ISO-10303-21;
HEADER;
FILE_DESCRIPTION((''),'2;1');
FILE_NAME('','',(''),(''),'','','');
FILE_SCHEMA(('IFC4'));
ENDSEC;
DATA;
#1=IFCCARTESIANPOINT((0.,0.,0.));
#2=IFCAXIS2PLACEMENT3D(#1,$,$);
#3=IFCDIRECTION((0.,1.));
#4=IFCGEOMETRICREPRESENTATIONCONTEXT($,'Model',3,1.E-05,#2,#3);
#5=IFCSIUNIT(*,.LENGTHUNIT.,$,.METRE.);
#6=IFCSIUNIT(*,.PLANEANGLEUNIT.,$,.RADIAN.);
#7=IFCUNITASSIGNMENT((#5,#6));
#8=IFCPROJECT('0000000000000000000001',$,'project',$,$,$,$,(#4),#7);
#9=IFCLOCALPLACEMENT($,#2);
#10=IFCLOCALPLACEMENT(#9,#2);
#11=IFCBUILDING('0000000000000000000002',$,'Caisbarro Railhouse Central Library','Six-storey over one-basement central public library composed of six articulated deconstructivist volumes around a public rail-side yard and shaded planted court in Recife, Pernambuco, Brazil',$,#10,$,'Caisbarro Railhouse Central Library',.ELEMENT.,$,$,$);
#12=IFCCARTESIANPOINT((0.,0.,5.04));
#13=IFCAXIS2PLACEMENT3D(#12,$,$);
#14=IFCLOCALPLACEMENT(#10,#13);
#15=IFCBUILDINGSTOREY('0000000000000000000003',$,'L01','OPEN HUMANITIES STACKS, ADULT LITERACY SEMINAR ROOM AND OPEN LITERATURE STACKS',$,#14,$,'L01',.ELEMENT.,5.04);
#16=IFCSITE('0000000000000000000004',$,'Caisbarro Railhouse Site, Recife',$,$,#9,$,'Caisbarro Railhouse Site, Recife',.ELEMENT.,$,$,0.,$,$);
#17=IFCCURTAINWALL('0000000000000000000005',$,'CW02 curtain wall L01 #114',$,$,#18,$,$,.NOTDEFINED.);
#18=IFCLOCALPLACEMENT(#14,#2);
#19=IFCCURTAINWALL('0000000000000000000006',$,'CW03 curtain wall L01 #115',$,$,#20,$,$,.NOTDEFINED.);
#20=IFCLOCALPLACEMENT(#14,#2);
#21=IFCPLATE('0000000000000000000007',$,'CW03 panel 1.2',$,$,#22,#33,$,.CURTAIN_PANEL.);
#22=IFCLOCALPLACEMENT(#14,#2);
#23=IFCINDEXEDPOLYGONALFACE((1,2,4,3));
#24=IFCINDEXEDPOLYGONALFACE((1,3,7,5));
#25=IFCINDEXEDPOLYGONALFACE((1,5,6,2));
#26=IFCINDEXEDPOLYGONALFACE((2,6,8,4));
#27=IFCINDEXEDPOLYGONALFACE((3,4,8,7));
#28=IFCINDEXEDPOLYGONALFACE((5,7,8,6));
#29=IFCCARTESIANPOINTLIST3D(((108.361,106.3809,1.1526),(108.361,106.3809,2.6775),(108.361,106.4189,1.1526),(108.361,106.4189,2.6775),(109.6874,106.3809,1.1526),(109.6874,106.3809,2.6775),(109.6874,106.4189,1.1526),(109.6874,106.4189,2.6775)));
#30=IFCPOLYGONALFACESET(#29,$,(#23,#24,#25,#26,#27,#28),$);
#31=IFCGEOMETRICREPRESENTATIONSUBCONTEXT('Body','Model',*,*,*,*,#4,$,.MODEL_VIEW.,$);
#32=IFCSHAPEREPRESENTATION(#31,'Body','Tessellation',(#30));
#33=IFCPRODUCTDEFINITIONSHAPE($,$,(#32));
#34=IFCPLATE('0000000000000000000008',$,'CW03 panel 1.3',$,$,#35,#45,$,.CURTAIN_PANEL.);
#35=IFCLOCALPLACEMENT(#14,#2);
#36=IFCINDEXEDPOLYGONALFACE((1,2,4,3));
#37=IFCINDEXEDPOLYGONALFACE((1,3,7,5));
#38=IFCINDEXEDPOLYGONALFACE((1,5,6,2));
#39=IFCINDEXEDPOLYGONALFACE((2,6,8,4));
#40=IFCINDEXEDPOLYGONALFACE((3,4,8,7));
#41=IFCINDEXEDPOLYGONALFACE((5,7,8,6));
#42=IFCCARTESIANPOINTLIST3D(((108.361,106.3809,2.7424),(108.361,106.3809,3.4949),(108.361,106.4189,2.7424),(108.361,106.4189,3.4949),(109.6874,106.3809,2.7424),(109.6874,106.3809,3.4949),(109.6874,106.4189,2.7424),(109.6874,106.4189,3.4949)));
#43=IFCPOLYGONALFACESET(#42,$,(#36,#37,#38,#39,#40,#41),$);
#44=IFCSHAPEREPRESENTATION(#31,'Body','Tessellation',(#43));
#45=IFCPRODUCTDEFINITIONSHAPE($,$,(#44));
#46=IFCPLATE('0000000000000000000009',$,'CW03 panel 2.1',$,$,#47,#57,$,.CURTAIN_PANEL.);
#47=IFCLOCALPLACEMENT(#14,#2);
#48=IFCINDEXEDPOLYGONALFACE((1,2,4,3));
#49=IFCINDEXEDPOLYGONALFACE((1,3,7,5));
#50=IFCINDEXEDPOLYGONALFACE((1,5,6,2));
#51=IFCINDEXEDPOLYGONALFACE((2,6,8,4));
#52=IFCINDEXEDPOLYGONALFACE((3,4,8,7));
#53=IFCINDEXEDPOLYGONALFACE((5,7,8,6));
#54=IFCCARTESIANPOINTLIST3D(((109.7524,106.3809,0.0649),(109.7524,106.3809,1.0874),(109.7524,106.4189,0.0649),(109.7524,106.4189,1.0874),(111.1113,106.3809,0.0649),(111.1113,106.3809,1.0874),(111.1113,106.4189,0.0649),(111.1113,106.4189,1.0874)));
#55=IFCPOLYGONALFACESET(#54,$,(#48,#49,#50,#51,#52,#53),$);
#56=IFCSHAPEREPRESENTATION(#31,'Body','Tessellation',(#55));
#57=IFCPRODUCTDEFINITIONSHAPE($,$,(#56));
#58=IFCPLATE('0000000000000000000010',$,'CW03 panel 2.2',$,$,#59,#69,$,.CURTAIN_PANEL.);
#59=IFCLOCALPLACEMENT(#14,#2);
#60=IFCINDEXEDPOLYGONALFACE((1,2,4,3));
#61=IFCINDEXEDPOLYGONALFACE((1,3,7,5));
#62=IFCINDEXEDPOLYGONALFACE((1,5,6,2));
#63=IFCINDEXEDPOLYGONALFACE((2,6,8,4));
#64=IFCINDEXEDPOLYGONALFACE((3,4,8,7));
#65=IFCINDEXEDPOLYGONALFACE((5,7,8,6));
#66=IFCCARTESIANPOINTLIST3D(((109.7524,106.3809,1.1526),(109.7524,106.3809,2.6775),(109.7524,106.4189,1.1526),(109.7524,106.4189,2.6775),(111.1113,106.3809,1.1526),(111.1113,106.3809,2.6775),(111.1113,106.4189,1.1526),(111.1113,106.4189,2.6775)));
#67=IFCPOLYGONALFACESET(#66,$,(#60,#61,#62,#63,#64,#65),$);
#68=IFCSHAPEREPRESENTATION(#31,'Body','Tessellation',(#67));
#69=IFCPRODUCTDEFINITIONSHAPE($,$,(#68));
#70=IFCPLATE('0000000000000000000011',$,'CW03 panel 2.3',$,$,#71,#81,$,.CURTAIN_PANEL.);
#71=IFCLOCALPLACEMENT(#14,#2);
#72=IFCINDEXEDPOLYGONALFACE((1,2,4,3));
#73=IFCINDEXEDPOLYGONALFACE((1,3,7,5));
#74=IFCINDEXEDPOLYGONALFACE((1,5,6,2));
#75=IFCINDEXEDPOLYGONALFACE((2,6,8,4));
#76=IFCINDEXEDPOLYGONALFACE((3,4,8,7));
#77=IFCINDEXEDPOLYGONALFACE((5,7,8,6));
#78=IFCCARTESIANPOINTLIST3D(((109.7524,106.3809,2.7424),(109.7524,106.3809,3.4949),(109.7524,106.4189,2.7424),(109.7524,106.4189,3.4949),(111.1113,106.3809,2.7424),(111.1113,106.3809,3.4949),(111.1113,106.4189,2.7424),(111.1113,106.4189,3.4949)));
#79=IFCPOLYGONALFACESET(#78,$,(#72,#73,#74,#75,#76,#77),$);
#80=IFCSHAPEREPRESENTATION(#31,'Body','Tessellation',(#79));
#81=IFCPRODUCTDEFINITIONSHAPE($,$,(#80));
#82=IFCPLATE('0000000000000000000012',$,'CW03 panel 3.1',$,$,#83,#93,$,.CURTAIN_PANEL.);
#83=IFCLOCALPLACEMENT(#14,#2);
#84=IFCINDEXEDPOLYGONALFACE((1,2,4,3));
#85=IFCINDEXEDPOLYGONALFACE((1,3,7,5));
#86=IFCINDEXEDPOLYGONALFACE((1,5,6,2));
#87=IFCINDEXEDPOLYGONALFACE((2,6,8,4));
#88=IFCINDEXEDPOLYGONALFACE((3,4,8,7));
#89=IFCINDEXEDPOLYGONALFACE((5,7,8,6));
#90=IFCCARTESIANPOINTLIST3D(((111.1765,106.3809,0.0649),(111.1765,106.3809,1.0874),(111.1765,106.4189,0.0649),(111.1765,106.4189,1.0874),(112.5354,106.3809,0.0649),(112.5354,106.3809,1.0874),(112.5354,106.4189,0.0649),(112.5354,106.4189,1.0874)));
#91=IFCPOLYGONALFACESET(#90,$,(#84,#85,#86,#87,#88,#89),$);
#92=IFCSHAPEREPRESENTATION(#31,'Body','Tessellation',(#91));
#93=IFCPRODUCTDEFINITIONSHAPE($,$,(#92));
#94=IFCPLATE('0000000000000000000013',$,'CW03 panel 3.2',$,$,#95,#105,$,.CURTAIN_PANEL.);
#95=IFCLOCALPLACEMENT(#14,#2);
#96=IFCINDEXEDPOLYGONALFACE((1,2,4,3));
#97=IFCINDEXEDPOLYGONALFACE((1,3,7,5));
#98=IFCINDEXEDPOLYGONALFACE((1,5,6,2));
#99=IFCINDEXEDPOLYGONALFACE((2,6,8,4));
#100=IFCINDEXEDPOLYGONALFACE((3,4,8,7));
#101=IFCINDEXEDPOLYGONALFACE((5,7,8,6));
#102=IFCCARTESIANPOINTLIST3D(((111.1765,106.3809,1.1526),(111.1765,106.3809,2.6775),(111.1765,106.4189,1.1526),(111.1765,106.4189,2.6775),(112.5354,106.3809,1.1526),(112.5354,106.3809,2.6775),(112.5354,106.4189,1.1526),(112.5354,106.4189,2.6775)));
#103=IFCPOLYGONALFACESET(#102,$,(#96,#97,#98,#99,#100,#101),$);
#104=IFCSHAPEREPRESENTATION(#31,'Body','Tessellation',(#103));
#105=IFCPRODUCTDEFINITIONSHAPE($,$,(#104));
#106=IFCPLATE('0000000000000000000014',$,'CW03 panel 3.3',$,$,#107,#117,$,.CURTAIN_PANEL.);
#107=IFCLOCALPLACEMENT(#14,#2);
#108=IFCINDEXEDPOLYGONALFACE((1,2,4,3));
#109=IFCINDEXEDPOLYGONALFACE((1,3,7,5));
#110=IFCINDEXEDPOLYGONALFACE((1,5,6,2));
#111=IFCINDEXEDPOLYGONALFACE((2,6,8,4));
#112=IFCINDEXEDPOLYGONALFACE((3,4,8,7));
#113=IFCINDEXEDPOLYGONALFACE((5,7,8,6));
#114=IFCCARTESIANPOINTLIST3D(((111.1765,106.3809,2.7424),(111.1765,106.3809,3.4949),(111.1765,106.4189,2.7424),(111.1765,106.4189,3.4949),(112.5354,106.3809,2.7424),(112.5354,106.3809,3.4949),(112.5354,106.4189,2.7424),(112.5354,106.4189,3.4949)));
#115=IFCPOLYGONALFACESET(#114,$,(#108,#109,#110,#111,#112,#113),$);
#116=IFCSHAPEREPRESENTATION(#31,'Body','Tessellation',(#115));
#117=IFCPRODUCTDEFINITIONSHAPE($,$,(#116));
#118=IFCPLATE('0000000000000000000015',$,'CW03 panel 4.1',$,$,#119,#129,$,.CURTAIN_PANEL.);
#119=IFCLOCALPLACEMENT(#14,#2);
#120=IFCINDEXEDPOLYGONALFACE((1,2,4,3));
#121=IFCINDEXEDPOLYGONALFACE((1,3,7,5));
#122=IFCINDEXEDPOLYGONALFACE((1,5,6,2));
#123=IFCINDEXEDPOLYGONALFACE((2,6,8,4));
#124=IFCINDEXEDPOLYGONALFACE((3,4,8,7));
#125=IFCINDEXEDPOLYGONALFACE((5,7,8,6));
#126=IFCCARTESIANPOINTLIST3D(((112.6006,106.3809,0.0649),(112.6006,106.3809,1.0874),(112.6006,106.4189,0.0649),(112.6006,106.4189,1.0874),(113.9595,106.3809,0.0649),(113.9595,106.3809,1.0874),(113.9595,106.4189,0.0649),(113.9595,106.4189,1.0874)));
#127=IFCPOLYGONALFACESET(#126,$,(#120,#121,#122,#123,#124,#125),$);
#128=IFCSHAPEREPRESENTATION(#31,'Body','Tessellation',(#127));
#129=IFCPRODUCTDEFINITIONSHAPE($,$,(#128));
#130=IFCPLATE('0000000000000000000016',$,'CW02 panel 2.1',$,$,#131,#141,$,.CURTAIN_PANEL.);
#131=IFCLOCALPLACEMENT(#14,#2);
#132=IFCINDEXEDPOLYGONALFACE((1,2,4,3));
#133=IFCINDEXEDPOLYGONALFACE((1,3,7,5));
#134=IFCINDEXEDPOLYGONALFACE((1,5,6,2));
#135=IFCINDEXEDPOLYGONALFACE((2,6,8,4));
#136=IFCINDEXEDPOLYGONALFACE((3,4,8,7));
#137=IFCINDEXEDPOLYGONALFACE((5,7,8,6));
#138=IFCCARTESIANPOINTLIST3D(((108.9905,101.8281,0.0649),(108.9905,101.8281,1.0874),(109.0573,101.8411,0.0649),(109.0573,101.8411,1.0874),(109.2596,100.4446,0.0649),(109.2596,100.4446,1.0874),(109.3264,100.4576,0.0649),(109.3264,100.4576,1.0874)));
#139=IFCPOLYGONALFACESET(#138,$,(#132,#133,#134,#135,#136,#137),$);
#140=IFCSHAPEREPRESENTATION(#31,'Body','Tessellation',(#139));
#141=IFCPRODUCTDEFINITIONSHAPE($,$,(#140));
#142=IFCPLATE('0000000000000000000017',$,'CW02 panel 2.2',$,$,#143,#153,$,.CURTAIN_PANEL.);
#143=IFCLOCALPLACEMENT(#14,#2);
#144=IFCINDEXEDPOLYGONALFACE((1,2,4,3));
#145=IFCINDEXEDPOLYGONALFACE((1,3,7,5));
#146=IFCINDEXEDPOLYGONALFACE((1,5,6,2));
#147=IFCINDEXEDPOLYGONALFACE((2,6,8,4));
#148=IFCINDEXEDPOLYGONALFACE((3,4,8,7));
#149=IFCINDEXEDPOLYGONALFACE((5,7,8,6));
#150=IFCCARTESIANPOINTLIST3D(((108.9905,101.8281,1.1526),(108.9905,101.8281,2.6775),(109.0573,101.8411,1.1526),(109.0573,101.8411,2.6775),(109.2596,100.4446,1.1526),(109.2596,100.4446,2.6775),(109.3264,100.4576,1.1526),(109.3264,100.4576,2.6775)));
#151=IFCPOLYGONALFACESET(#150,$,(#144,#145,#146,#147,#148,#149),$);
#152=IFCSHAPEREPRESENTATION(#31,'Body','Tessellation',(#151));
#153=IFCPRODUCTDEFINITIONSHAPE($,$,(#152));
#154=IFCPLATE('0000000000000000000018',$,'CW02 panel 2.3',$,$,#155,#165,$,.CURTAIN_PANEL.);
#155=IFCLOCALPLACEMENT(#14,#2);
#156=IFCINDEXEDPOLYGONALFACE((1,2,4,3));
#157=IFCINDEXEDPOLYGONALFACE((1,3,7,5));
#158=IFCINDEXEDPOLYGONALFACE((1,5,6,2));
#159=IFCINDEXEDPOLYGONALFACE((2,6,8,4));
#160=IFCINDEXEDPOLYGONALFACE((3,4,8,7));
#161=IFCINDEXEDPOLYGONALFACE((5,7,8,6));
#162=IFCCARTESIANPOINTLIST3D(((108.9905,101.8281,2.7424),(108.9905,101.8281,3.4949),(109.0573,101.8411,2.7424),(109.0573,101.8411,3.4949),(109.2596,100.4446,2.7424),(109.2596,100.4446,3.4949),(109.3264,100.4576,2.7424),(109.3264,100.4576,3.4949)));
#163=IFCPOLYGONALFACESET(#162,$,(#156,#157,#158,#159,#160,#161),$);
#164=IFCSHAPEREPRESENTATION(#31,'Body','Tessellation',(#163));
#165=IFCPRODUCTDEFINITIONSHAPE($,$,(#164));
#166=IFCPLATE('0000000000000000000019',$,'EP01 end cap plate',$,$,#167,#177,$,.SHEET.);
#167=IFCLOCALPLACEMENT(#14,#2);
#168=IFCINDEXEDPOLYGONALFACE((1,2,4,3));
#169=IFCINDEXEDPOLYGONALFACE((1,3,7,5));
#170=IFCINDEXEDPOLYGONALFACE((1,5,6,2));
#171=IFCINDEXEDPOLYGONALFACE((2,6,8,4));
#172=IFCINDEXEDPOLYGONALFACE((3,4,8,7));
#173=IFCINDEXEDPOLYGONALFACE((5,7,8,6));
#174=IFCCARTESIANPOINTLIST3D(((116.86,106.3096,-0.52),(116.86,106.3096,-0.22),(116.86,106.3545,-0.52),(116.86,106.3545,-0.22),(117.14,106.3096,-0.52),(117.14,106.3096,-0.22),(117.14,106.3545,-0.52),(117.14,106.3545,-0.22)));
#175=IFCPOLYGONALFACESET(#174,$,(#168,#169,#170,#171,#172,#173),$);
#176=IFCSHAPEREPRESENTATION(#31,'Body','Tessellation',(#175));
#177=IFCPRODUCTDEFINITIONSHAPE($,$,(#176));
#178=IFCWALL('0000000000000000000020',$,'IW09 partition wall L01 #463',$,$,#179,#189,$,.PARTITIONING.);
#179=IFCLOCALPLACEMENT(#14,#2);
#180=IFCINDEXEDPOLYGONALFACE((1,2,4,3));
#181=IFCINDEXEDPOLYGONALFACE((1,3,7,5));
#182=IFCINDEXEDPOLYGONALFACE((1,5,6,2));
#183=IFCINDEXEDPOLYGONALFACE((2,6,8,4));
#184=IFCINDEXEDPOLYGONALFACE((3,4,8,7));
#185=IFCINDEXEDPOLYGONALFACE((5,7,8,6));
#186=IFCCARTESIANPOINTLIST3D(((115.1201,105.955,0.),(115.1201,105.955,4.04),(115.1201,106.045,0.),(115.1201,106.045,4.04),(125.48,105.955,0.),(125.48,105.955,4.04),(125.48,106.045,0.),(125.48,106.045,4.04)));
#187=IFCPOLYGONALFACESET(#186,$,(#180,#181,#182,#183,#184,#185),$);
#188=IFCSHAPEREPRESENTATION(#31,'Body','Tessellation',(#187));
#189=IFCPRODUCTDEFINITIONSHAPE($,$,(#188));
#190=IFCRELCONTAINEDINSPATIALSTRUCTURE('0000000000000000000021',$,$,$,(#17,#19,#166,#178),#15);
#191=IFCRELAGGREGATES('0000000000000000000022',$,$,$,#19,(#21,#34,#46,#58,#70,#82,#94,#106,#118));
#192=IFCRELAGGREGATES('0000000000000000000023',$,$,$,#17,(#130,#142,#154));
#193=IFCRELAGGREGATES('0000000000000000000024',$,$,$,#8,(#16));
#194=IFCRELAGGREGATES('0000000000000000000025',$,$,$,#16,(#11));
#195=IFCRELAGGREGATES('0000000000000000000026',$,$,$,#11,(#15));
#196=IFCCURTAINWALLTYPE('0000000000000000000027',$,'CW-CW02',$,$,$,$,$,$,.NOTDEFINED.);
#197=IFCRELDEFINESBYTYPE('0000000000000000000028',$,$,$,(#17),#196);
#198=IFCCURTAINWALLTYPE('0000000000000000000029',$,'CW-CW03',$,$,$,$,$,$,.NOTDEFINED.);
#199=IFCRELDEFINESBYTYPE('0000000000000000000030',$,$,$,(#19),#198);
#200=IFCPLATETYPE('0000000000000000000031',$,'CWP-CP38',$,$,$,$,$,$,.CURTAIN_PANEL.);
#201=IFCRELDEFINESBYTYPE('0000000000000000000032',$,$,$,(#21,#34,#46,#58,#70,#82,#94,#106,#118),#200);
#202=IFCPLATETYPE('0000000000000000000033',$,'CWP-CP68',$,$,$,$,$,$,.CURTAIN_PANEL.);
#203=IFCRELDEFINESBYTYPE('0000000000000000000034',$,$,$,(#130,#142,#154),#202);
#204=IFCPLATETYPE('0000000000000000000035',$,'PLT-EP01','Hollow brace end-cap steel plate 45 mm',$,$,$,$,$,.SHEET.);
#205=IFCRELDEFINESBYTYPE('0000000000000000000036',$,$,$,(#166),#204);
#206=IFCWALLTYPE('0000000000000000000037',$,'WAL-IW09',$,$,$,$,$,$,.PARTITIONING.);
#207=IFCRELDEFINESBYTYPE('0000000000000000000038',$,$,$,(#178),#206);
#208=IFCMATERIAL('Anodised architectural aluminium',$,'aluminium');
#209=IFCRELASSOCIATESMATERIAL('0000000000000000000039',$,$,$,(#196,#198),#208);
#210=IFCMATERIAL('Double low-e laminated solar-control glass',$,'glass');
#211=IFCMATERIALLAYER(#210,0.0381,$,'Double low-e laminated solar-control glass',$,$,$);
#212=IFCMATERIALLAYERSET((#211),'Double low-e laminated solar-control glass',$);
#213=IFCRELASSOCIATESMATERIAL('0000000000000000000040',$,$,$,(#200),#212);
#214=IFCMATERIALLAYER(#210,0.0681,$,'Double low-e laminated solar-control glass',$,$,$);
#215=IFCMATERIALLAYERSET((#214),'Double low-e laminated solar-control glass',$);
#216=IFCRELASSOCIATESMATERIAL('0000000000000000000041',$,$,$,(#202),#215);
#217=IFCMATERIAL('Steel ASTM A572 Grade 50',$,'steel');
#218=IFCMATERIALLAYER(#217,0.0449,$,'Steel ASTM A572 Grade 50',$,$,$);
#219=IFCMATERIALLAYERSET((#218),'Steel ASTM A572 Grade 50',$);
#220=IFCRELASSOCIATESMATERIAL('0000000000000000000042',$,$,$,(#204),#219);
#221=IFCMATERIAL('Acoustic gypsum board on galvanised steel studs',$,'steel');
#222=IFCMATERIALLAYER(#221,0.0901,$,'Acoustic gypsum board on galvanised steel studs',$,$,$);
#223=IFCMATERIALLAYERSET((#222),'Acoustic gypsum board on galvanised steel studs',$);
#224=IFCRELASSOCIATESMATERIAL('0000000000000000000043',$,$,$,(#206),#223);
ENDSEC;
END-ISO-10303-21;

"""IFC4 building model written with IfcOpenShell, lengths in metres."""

from ifc_helpers import new_model, si_unit, direction, frame, frame_2d, origin, origin_2d, place, context, subcontext, project, spatial, rectangle, extrude, material, layer, layer_set, type_object, element, aggregate, save


model = new_model("IFC4")

# Units and contexts
model_context = context("Model", 3, precision=1e-05, world=origin(), true_north=direction((0.0, 1.0)))
body_context = subcontext(model_context, "Body", "Model", "MODEL_VIEW")
ifc_project = project(units=[si_unit("LENGTHUNIT", "METRE"), si_unit("PLANEANGLEUNIT", "RADIAN")], contexts=[model_context])

# Site, building, storey
site_placement = place(None, origin())
site = spatial("IfcSite", under=ifc_project, at=site_placement, Name="Caisbarro Railhouse Site, Recife", LongName="Caisbarro Railhouse Site, Recife", CompositionType="ELEMENT", RefElevation=0.0)
building_placement = place(site_placement, origin())
building = spatial("IfcBuilding", under=site, at=building_placement, Name="Caisbarro Railhouse Central Library", Description="Six-storey over one-basement central public library composed of six articulated deconstructivist volumes around a public rail-side yard and shaded planted court in Recife, Pernambuco, Brazil", LongName="Caisbarro Railhouse Central Library", CompositionType="ELEMENT")
storey_placement = place(building_placement, frame((0.0, 0.0, 5.04)))
storey = spatial("IfcBuildingStorey", under=building, at=storey_placement, Name="L01", Description="OPEN HUMANITIES STACKS, ADULT LITERACY SEMINAR ROOM AND OPEN LITERATURE STACKS", LongName="L01", CompositionType="ELEMENT", Elevation=5.04)

# Shared definitions
ifc_material_1 = material(Name="Steel ASTM A572 Grade 50", Category="steel")

# Curtain wall
ifc_material_2 = material(Name="Anodised architectural aluminium", Category="aluminium")
curtain_wall_type_1 = type_object("IfcCurtainWallType", Name="CW-CW02", PredefinedType="NOTDEFINED", material=ifc_material_2)
curtain_wall_1_placement = place(storey_placement, origin())
curtain_wall_1 = element("IfcCurtainWall", 1, at=curtain_wall_1_placement, inside=storey, type_object=curtain_wall_type_1, Name="CW02 curtain wall L01 #114", PredefinedType="NOTDEFINED")

# Curtain wall
curtain_wall_type_2 = type_object("IfcCurtainWallType", Name="CW-CW03", PredefinedType="NOTDEFINED", material=ifc_material_2)
curtain_wall_2_placement = place(storey_placement, origin())
curtain_wall_2 = element("IfcCurtainWall", 2, at=curtain_wall_2_placement, inside=storey, type_object=curtain_wall_type_2, Name="CW03 curtain wall L01 #115", PredefinedType="NOTDEFINED")

# Plates
ifc_material_3 = material(Name="Double low-e laminated solar-control glass", Category="glass")
ifc_layer_1 = layer(ifc_material_3, 0.0381, Name="Double low-e laminated solar-control glass")
ifc_layer_set_1 = layer_set([ifc_layer_1], Name="Double low-e laminated solar-control glass")
plate_type_1 = type_object("IfcPlateType", Name="CWP-CP38", PredefinedType="CURTAIN_PANEL", material=ifc_layer_set_1)
plate_1_placement = place(storey_placement, frame((109.0242, 106.3999, 1.1526), z_axis=(0.0, 0.0, 1.0), x_axis=(1.0, 0.0, 0.0)))
plate_1 = element("IfcPlate", 3, at=plate_1_placement, type_object=plate_type_1, Name="CW03 panel 1.2", PredefinedType="CURTAIN_PANEL", context=body_context, shape_type="SweptSolid", body=[
    extrude(rectangle(XDim=1.3264, YDim=0.0381, at=origin_2d()), origin(), (0.0, 0.0, 1.0), 1.5249),
])
plate_2_placement = place(storey_placement, frame((109.0242, 106.3999, 2.7424), z_axis=(0.0, 0.0, 1.0), x_axis=(1.0, 0.0, 0.0)))
plate_2 = element("IfcPlate", 4, at=plate_2_placement, type_object=plate_type_1, Name="CW03 panel 1.3", PredefinedType="CURTAIN_PANEL", context=body_context, shape_type="SweptSolid", body=[
    extrude(rectangle(XDim=1.3264, YDim=0.0381, at=origin_2d()), origin(), (0.0, 0.0, 1.0), 0.7524),
])
plate_3_placement = place(storey_placement, frame((110.4319, 106.3999, 0.0649), z_axis=(0.0, 0.0, 1.0), x_axis=(1.0, 0.0, 0.0)))
plate_3 = element("IfcPlate", 5, at=plate_3_placement, type_object=plate_type_1, Name="CW03 panel 2.1", PredefinedType="CURTAIN_PANEL", context=body_context, shape_type="SweptSolid", body=[
    extrude(rectangle(XDim=1.3589, YDim=0.0381, at=origin_2d()), origin(), (0.0, 0.0, 1.0), 1.0225),
])
plate_4_placement = place(storey_placement, frame((110.4319, 106.3999, 1.1526), z_axis=(0.0, 0.0, 1.0), x_axis=(1.0, 0.0, 0.0)))
plate_4 = element("IfcPlate", 6, at=plate_4_placement, type_object=plate_type_1, Name="CW03 panel 2.2", PredefinedType="CURTAIN_PANEL", context=body_context, shape_type="SweptSolid", body=[
    extrude(rectangle(XDim=1.3589, YDim=0.0381, at=origin_2d()), origin(), (0.0, 0.0, 1.0), 1.5249),
])
plate_5_placement = place(storey_placement, frame((110.4319, 106.3999, 2.7424), z_axis=(0.0, 0.0, 1.0), x_axis=(1.0, 0.0, 0.0)))
plate_5 = element("IfcPlate", 7, at=plate_5_placement, type_object=plate_type_1, Name="CW03 panel 2.3", PredefinedType="CURTAIN_PANEL", context=body_context, shape_type="SweptSolid", body=[
    extrude(rectangle(XDim=1.3589, YDim=0.0381, at=origin_2d()), origin(), (0.0, 0.0, 1.0), 0.7524),
])
plate_6_placement = place(storey_placement, frame((111.856, 106.3999, 0.0649), z_axis=(0.0, 0.0, 1.0), x_axis=(1.0, 0.0, 0.0)))
plate_6 = element("IfcPlate", 8, at=plate_6_placement, type_object=plate_type_1, Name="CW03 panel 3.1", PredefinedType="CURTAIN_PANEL", context=body_context, shape_type="SweptSolid", body=[
    extrude(rectangle(XDim=1.3589, YDim=0.0381, at=origin_2d()), origin(), (0.0, 0.0, 1.0), 1.0225),
])
plate_7_placement = place(storey_placement, frame((111.856, 106.3999, 1.1526), z_axis=(0.0, 0.0, 1.0), x_axis=(1.0, 0.0, 0.0)))
plate_7 = element("IfcPlate", 9, at=plate_7_placement, type_object=plate_type_1, Name="CW03 panel 3.2", PredefinedType="CURTAIN_PANEL", context=body_context, shape_type="SweptSolid", body=[
    extrude(rectangle(XDim=1.3589, YDim=0.0381, at=origin_2d()), origin(), (0.0, 0.0, 1.0), 1.5249),
])
plate_8_placement = place(storey_placement, frame((111.856, 106.3999, 2.7424), z_axis=(0.0, 0.0, 1.0), x_axis=(1.0, 0.0, 0.0)))
plate_8 = element("IfcPlate", 10, at=plate_8_placement, type_object=plate_type_1, Name="CW03 panel 3.3", PredefinedType="CURTAIN_PANEL", context=body_context, shape_type="SweptSolid", body=[
    extrude(rectangle(XDim=1.3589, YDim=0.0381, at=origin_2d()), origin(), (0.0, 0.0, 1.0), 0.7524),
])
plate_9_placement = place(storey_placement, frame((113.28, 106.3999, 0.0649), z_axis=(0.0, 0.0, 1.0), x_axis=(1.0, 0.0, 0.0)))
plate_9 = element("IfcPlate", 11, at=plate_9_placement, type_object=plate_type_1, Name="CW03 panel 4.1", PredefinedType="CURTAIN_PANEL", context=body_context, shape_type="SweptSolid", body=[
    extrude(rectangle(XDim=1.3589, YDim=0.0381, at=origin_2d()), origin(), (0.0, 0.0, 1.0), 1.0225),
])
aggregate(curtain_wall_2, [plate_1, plate_2, plate_3, plate_4, plate_5, plate_6, plate_7, plate_8, plate_9])
ifc_layer_2 = layer(ifc_material_3, 0.0681, Name="Double low-e laminated solar-control glass")
ifc_layer_set_2 = layer_set([ifc_layer_2], Name="Double low-e laminated solar-control glass")
plate_type_2 = type_object("IfcPlateType", Name="CWP-CP68", PredefinedType="CURTAIN_PANEL", material=ifc_layer_set_2)
plate_10_placement = place(storey_placement, frame((109.1584, 101.1428, 0.0649), z_axis=(0.0, 0.0, 1.0), x_axis=(-0.190911, 0.981607, 0.0)))
plate_10 = element("IfcPlate", 12, at=plate_10_placement, type_object=plate_type_2, Name="CW02 panel 2.1", PredefinedType="CURTAIN_PANEL", context=body_context, shape_type="SweptSolid", body=[
    extrude(rectangle(XDim=1.4094, YDim=0.0681, at=origin_2d()), origin(), (0.0, 0.0, 1.0), 1.0225),
])
plate_11_placement = place(storey_placement, frame((109.1584, 101.1428, 1.1526), z_axis=(0.0, 0.0, 1.0), x_axis=(-0.190911, 0.981607, 0.0)))
plate_11 = element("IfcPlate", 13, at=plate_11_placement, type_object=plate_type_2, Name="CW02 panel 2.2", PredefinedType="CURTAIN_PANEL", context=body_context, shape_type="SweptSolid", body=[
    extrude(rectangle(XDim=1.4094, YDim=0.0681, at=origin_2d()), origin(), (0.0, 0.0, 1.0), 1.5249),
])
plate_12_placement = place(storey_placement, frame((109.1584, 101.1428, 2.7424), z_axis=(0.0, 0.0, 1.0), x_axis=(-0.190911, 0.981607, 0.0)))
plate_12 = element("IfcPlate", 14, at=plate_12_placement, type_object=plate_type_2, Name="CW02 panel 2.3", PredefinedType="CURTAIN_PANEL", context=body_context, shape_type="SweptSolid", body=[
    extrude(rectangle(XDim=1.4094, YDim=0.0681, at=origin_2d()), origin(), (0.0, 0.0, 1.0), 0.7524),
])
aggregate(curtain_wall_1, [plate_10, plate_11, plate_12])
ifc_layer_3 = layer(ifc_material_1, 0.0449, Name="Steel ASTM A572 Grade 50")
ifc_layer_set_3 = layer_set([ifc_layer_3], Name="Steel ASTM A572 Grade 50")
plate_type_3 = type_object("IfcPlateType", Name="PLT-EP01", Description="Hollow brace end-cap steel plate 45 mm", PredefinedType="SHEET", material=ifc_layer_set_3)
plate_13_placement = place(storey_placement, frame((117.0, 106.332, -0.52), z_axis=(0.0, 0.0, 1.0), x_axis=(0.0, 1.0, 0.0)))
element("IfcPlate", 15, at=plate_13_placement, inside=storey, type_object=plate_type_3, Name="EP01 end cap plate", PredefinedType="SHEET", context=body_context, shape_type="SweptSolid", body=[
    extrude(rectangle(XDim=0.0449, YDim=0.28, at=origin_2d()), origin(), (0.0, 0.0, 1.0), 0.3),
])

# Wall
ifc_material_4 = material(Name="Acoustic gypsum board on galvanised steel studs", Category="steel")
ifc_layer_4 = layer(ifc_material_4, 0.0901, Name="Acoustic gypsum board on galvanised steel studs")
ifc_layer_set_4 = layer_set([ifc_layer_4], Name="Acoustic gypsum board on galvanised steel studs")
wall_type = type_object("IfcWallType", Name="WAL-IW09", PredefinedType="PARTITIONING", material=ifc_layer_set_4)
wall_placement = place(storey_placement, frame((115.1201, 106.0, 0.0), z_axis=(0.0, 0.0, 1.0), x_axis=(1.0, 0.0, 0.0)))
element("IfcWall", 16, at=wall_placement, inside=storey, type_object=wall_type, Name="IW09 partition wall L01 #463", PredefinedType="PARTITIONING", context=body_context, shape_type="SweptSolid", body=[
    extrude(rectangle(XDim=10.3599, YDim=0.0901, at=frame_2d((5.1799, 0.0))), origin(), (0.0, 0.0, 1.0), 4.04),
])

save(model, "model.ifc")
